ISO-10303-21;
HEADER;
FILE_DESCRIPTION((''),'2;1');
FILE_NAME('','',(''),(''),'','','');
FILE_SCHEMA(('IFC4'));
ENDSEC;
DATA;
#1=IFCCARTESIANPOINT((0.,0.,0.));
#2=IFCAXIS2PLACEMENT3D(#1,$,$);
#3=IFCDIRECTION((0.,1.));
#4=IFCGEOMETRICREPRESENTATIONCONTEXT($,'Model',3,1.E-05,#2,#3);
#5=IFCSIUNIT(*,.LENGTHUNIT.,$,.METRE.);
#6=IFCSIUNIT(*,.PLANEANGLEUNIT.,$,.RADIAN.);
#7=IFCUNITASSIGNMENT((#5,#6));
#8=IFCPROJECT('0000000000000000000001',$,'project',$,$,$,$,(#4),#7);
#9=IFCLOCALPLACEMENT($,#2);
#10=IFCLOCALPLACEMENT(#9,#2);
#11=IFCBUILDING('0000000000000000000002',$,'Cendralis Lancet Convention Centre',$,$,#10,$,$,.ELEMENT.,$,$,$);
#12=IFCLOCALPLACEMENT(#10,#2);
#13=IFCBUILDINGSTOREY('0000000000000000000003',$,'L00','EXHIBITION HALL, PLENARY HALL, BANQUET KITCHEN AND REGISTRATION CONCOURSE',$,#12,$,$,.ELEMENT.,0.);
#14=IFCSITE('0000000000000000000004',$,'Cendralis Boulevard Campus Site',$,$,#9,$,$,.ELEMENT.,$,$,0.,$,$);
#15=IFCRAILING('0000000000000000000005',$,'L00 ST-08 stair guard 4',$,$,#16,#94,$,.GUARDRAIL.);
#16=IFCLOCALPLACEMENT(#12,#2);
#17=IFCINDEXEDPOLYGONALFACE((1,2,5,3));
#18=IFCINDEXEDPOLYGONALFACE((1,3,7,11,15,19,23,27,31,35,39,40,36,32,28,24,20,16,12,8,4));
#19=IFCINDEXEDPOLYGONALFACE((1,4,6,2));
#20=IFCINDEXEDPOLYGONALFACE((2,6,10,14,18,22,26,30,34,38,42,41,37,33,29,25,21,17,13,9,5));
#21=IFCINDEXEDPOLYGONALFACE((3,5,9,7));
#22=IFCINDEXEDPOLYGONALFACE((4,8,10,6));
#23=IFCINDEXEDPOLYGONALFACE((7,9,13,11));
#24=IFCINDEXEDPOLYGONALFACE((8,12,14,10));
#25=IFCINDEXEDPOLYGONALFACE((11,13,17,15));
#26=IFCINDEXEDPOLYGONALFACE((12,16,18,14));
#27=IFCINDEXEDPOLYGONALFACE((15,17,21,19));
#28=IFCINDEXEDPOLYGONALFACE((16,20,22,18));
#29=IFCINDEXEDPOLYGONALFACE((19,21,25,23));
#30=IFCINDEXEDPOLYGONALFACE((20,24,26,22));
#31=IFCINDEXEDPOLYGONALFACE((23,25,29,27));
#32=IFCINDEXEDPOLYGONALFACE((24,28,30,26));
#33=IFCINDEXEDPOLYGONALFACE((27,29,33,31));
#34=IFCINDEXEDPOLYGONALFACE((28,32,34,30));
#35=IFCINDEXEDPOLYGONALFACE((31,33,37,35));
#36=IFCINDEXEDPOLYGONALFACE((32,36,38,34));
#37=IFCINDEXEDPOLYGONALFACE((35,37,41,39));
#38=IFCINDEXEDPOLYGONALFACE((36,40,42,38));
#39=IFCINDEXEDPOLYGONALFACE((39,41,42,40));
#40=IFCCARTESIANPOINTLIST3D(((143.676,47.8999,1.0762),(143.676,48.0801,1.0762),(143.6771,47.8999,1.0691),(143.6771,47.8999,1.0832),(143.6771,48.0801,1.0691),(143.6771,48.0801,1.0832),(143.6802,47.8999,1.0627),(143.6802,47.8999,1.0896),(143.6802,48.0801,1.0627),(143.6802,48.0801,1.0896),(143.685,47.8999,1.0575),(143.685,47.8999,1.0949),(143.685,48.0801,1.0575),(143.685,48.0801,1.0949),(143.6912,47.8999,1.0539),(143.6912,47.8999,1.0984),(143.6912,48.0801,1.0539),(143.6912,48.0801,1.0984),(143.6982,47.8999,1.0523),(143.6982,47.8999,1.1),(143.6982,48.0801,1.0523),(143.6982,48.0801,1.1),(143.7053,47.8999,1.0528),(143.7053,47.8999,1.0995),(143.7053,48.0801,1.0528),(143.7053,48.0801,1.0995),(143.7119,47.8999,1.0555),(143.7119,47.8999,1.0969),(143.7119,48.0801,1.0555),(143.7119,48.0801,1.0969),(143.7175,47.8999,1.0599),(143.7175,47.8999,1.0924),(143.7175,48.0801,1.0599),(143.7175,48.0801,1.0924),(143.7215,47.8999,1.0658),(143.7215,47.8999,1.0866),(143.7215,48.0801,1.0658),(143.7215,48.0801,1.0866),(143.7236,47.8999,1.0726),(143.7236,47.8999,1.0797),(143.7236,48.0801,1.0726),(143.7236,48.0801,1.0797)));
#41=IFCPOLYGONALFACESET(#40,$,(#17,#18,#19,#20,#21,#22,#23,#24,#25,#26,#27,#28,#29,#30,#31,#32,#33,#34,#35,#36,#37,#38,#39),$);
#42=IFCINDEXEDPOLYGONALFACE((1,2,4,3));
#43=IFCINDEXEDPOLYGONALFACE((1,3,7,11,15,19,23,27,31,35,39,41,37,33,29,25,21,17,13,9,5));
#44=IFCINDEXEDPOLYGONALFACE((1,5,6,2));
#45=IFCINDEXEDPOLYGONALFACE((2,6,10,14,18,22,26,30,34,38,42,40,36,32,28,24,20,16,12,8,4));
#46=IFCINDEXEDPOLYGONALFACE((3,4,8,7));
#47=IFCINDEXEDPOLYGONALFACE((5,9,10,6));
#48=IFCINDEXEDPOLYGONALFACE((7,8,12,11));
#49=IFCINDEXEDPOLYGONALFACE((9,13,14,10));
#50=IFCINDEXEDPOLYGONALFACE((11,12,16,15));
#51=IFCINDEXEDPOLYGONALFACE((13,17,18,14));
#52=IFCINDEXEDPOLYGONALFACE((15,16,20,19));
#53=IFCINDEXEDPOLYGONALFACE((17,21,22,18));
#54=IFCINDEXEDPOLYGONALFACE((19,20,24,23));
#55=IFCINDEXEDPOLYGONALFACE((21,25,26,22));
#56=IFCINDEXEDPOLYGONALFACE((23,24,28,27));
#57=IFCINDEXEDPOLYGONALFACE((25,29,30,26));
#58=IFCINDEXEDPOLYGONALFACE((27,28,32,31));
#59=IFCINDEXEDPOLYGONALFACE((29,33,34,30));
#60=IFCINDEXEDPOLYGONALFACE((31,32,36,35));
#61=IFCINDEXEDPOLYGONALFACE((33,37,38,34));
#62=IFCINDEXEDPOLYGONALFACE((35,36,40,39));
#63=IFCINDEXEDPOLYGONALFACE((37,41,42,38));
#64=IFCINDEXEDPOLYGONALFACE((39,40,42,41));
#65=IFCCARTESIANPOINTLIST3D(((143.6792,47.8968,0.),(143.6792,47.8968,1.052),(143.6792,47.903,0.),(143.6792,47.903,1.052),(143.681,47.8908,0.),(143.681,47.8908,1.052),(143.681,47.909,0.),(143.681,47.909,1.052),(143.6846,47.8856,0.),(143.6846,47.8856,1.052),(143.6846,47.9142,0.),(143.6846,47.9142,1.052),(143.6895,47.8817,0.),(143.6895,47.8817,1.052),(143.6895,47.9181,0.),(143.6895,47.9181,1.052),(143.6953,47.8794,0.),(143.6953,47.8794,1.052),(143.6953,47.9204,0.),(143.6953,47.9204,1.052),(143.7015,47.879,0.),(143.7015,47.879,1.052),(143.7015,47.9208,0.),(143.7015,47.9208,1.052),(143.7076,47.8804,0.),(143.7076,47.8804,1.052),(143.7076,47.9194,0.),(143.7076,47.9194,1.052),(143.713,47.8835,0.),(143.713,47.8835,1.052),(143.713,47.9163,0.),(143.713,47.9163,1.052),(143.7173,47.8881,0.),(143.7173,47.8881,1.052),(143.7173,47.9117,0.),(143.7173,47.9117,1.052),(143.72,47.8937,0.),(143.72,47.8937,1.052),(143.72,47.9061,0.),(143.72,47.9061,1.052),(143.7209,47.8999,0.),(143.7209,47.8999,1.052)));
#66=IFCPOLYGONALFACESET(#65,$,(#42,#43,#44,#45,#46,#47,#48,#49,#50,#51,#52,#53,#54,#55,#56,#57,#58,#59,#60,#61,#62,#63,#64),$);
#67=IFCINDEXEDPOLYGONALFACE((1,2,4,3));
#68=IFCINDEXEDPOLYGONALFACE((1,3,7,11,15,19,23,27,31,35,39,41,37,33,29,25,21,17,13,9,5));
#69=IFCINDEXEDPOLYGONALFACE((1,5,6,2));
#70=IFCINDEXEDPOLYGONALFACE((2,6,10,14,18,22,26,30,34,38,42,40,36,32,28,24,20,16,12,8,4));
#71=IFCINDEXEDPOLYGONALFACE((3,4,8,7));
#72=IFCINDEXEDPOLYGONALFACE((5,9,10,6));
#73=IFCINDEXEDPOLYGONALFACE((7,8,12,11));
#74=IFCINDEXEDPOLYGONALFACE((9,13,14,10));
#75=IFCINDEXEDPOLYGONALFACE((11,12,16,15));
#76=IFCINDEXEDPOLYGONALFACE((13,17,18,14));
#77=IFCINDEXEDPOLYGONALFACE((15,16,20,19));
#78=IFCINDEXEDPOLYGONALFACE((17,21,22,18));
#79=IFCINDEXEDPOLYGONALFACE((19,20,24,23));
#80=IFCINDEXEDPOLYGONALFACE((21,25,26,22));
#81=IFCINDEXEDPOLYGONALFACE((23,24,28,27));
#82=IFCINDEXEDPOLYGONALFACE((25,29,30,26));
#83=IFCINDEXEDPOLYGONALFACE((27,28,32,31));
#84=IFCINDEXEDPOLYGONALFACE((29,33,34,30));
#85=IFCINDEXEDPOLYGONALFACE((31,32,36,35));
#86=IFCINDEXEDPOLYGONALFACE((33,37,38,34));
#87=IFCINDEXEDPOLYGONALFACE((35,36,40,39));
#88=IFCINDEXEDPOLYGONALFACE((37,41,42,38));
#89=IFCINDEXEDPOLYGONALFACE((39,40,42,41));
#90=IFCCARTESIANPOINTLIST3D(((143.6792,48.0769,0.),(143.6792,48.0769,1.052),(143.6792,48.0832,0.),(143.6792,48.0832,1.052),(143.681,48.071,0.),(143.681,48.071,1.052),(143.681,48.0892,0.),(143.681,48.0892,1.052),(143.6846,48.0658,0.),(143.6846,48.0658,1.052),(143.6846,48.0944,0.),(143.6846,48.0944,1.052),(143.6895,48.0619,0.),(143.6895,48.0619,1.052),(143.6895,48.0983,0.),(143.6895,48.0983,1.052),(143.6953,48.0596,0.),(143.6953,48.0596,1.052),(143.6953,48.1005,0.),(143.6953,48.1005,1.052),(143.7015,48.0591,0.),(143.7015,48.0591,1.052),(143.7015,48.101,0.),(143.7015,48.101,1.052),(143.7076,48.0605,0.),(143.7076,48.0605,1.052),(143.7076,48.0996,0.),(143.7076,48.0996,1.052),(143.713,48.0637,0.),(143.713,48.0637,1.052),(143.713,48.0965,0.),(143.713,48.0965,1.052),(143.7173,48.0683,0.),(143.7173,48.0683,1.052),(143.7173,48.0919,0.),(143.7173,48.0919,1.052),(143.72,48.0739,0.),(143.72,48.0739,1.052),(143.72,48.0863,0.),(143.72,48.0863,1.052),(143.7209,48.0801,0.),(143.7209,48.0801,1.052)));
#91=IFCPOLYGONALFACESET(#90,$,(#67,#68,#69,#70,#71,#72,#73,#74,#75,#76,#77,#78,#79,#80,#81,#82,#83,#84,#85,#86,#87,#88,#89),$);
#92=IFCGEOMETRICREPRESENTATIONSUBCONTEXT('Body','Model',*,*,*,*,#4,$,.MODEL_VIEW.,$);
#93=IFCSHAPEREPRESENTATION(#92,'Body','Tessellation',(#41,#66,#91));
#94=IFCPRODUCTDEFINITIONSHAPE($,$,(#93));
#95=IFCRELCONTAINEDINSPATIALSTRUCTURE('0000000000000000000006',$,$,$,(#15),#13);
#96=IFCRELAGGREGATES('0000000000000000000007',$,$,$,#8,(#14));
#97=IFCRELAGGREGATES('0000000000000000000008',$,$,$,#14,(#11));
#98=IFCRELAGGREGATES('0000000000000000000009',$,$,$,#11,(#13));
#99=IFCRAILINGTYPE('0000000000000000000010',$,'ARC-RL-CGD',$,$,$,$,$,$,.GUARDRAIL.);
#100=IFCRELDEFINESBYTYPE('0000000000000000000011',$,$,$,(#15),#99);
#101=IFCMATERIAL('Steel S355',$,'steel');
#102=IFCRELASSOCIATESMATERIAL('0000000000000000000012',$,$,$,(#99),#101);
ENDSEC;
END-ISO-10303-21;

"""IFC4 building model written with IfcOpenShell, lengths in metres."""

from ifc_helpers import new_model, si_unit, direction, frame, origin, origin_2d, place, context, subcontext, project, spatial, circle, extrude, material, type_object, element, save


model = new_model("IFC4")

# Units and contexts
model_context = context("Model", 3, precision=1e-05, world=origin(), true_north=direction((0.0, 1.0)))
body_context = subcontext(model_context, "Body", "Model", "MODEL_VIEW")
ifc_project = project(units=[si_unit("LENGTHUNIT", "METRE"), si_unit("PLANEANGLEUNIT", "RADIAN")], contexts=[model_context])

# Site, building, storey
site_placement = place(None, origin())
site = spatial("IfcSite", under=ifc_project, at=site_placement, Name="Cendralis Boulevard Campus Site", CompositionType="ELEMENT", RefElevation=0.0)
building_placement = place(site_placement, origin())
building = spatial("IfcBuilding", under=site, at=building_placement, Name="Cendralis Lancet Convention Centre", CompositionType="ELEMENT")
storey_placement = place(building_placement, origin())
storey = spatial("IfcBuildingStorey", under=building, at=storey_placement, Name="L00", Description="EXHIBITION HALL, PLENARY HALL, BANQUET KITCHEN AND REGISTRATION CONCOURSE", CompositionType="ELEMENT", Elevation=0.0)

# Shared definitions
ifc_material_1 = material(Name="Steel S355", Category="steel")

# Railing
railing_type_1 = type_object("IfcRailingType", Name="ARC-RL-CGD", PredefinedType="GUARDRAIL", material=ifc_material_1)
railing_1_placement = place(storey_placement, frame((143.7, 47.8999, 0.0)))
element("IfcRailing", 1, at=railing_1_placement, inside=storey, type_object=railing_type_1, Name="L00 ST-08 stair guard 4", PredefinedType="GUARDRAIL", context=body_context, shape_type="SweptSolid", body=[
    extrude(circle(Radius=0.0239, at=origin_2d()), frame((0.0, 0.0, 1.0762), z_axis=(0.0, 1.0, 0.0), x_axis=(-1.0, 0.0, 0.0)), (0.0, 0.0, 1.0), 0.1802),
    extrude(circle(Radius=0.021, at=origin_2d()), origin(), (0.0, 0.0, 1.0), 1.052),
    extrude(circle(Radius=0.021, at=origin_2d()), frame((0.0, 0.1802, 0.0)), (0.0, 0.0, 1.0), 1.052),
])

save(model, "model.ifc")
